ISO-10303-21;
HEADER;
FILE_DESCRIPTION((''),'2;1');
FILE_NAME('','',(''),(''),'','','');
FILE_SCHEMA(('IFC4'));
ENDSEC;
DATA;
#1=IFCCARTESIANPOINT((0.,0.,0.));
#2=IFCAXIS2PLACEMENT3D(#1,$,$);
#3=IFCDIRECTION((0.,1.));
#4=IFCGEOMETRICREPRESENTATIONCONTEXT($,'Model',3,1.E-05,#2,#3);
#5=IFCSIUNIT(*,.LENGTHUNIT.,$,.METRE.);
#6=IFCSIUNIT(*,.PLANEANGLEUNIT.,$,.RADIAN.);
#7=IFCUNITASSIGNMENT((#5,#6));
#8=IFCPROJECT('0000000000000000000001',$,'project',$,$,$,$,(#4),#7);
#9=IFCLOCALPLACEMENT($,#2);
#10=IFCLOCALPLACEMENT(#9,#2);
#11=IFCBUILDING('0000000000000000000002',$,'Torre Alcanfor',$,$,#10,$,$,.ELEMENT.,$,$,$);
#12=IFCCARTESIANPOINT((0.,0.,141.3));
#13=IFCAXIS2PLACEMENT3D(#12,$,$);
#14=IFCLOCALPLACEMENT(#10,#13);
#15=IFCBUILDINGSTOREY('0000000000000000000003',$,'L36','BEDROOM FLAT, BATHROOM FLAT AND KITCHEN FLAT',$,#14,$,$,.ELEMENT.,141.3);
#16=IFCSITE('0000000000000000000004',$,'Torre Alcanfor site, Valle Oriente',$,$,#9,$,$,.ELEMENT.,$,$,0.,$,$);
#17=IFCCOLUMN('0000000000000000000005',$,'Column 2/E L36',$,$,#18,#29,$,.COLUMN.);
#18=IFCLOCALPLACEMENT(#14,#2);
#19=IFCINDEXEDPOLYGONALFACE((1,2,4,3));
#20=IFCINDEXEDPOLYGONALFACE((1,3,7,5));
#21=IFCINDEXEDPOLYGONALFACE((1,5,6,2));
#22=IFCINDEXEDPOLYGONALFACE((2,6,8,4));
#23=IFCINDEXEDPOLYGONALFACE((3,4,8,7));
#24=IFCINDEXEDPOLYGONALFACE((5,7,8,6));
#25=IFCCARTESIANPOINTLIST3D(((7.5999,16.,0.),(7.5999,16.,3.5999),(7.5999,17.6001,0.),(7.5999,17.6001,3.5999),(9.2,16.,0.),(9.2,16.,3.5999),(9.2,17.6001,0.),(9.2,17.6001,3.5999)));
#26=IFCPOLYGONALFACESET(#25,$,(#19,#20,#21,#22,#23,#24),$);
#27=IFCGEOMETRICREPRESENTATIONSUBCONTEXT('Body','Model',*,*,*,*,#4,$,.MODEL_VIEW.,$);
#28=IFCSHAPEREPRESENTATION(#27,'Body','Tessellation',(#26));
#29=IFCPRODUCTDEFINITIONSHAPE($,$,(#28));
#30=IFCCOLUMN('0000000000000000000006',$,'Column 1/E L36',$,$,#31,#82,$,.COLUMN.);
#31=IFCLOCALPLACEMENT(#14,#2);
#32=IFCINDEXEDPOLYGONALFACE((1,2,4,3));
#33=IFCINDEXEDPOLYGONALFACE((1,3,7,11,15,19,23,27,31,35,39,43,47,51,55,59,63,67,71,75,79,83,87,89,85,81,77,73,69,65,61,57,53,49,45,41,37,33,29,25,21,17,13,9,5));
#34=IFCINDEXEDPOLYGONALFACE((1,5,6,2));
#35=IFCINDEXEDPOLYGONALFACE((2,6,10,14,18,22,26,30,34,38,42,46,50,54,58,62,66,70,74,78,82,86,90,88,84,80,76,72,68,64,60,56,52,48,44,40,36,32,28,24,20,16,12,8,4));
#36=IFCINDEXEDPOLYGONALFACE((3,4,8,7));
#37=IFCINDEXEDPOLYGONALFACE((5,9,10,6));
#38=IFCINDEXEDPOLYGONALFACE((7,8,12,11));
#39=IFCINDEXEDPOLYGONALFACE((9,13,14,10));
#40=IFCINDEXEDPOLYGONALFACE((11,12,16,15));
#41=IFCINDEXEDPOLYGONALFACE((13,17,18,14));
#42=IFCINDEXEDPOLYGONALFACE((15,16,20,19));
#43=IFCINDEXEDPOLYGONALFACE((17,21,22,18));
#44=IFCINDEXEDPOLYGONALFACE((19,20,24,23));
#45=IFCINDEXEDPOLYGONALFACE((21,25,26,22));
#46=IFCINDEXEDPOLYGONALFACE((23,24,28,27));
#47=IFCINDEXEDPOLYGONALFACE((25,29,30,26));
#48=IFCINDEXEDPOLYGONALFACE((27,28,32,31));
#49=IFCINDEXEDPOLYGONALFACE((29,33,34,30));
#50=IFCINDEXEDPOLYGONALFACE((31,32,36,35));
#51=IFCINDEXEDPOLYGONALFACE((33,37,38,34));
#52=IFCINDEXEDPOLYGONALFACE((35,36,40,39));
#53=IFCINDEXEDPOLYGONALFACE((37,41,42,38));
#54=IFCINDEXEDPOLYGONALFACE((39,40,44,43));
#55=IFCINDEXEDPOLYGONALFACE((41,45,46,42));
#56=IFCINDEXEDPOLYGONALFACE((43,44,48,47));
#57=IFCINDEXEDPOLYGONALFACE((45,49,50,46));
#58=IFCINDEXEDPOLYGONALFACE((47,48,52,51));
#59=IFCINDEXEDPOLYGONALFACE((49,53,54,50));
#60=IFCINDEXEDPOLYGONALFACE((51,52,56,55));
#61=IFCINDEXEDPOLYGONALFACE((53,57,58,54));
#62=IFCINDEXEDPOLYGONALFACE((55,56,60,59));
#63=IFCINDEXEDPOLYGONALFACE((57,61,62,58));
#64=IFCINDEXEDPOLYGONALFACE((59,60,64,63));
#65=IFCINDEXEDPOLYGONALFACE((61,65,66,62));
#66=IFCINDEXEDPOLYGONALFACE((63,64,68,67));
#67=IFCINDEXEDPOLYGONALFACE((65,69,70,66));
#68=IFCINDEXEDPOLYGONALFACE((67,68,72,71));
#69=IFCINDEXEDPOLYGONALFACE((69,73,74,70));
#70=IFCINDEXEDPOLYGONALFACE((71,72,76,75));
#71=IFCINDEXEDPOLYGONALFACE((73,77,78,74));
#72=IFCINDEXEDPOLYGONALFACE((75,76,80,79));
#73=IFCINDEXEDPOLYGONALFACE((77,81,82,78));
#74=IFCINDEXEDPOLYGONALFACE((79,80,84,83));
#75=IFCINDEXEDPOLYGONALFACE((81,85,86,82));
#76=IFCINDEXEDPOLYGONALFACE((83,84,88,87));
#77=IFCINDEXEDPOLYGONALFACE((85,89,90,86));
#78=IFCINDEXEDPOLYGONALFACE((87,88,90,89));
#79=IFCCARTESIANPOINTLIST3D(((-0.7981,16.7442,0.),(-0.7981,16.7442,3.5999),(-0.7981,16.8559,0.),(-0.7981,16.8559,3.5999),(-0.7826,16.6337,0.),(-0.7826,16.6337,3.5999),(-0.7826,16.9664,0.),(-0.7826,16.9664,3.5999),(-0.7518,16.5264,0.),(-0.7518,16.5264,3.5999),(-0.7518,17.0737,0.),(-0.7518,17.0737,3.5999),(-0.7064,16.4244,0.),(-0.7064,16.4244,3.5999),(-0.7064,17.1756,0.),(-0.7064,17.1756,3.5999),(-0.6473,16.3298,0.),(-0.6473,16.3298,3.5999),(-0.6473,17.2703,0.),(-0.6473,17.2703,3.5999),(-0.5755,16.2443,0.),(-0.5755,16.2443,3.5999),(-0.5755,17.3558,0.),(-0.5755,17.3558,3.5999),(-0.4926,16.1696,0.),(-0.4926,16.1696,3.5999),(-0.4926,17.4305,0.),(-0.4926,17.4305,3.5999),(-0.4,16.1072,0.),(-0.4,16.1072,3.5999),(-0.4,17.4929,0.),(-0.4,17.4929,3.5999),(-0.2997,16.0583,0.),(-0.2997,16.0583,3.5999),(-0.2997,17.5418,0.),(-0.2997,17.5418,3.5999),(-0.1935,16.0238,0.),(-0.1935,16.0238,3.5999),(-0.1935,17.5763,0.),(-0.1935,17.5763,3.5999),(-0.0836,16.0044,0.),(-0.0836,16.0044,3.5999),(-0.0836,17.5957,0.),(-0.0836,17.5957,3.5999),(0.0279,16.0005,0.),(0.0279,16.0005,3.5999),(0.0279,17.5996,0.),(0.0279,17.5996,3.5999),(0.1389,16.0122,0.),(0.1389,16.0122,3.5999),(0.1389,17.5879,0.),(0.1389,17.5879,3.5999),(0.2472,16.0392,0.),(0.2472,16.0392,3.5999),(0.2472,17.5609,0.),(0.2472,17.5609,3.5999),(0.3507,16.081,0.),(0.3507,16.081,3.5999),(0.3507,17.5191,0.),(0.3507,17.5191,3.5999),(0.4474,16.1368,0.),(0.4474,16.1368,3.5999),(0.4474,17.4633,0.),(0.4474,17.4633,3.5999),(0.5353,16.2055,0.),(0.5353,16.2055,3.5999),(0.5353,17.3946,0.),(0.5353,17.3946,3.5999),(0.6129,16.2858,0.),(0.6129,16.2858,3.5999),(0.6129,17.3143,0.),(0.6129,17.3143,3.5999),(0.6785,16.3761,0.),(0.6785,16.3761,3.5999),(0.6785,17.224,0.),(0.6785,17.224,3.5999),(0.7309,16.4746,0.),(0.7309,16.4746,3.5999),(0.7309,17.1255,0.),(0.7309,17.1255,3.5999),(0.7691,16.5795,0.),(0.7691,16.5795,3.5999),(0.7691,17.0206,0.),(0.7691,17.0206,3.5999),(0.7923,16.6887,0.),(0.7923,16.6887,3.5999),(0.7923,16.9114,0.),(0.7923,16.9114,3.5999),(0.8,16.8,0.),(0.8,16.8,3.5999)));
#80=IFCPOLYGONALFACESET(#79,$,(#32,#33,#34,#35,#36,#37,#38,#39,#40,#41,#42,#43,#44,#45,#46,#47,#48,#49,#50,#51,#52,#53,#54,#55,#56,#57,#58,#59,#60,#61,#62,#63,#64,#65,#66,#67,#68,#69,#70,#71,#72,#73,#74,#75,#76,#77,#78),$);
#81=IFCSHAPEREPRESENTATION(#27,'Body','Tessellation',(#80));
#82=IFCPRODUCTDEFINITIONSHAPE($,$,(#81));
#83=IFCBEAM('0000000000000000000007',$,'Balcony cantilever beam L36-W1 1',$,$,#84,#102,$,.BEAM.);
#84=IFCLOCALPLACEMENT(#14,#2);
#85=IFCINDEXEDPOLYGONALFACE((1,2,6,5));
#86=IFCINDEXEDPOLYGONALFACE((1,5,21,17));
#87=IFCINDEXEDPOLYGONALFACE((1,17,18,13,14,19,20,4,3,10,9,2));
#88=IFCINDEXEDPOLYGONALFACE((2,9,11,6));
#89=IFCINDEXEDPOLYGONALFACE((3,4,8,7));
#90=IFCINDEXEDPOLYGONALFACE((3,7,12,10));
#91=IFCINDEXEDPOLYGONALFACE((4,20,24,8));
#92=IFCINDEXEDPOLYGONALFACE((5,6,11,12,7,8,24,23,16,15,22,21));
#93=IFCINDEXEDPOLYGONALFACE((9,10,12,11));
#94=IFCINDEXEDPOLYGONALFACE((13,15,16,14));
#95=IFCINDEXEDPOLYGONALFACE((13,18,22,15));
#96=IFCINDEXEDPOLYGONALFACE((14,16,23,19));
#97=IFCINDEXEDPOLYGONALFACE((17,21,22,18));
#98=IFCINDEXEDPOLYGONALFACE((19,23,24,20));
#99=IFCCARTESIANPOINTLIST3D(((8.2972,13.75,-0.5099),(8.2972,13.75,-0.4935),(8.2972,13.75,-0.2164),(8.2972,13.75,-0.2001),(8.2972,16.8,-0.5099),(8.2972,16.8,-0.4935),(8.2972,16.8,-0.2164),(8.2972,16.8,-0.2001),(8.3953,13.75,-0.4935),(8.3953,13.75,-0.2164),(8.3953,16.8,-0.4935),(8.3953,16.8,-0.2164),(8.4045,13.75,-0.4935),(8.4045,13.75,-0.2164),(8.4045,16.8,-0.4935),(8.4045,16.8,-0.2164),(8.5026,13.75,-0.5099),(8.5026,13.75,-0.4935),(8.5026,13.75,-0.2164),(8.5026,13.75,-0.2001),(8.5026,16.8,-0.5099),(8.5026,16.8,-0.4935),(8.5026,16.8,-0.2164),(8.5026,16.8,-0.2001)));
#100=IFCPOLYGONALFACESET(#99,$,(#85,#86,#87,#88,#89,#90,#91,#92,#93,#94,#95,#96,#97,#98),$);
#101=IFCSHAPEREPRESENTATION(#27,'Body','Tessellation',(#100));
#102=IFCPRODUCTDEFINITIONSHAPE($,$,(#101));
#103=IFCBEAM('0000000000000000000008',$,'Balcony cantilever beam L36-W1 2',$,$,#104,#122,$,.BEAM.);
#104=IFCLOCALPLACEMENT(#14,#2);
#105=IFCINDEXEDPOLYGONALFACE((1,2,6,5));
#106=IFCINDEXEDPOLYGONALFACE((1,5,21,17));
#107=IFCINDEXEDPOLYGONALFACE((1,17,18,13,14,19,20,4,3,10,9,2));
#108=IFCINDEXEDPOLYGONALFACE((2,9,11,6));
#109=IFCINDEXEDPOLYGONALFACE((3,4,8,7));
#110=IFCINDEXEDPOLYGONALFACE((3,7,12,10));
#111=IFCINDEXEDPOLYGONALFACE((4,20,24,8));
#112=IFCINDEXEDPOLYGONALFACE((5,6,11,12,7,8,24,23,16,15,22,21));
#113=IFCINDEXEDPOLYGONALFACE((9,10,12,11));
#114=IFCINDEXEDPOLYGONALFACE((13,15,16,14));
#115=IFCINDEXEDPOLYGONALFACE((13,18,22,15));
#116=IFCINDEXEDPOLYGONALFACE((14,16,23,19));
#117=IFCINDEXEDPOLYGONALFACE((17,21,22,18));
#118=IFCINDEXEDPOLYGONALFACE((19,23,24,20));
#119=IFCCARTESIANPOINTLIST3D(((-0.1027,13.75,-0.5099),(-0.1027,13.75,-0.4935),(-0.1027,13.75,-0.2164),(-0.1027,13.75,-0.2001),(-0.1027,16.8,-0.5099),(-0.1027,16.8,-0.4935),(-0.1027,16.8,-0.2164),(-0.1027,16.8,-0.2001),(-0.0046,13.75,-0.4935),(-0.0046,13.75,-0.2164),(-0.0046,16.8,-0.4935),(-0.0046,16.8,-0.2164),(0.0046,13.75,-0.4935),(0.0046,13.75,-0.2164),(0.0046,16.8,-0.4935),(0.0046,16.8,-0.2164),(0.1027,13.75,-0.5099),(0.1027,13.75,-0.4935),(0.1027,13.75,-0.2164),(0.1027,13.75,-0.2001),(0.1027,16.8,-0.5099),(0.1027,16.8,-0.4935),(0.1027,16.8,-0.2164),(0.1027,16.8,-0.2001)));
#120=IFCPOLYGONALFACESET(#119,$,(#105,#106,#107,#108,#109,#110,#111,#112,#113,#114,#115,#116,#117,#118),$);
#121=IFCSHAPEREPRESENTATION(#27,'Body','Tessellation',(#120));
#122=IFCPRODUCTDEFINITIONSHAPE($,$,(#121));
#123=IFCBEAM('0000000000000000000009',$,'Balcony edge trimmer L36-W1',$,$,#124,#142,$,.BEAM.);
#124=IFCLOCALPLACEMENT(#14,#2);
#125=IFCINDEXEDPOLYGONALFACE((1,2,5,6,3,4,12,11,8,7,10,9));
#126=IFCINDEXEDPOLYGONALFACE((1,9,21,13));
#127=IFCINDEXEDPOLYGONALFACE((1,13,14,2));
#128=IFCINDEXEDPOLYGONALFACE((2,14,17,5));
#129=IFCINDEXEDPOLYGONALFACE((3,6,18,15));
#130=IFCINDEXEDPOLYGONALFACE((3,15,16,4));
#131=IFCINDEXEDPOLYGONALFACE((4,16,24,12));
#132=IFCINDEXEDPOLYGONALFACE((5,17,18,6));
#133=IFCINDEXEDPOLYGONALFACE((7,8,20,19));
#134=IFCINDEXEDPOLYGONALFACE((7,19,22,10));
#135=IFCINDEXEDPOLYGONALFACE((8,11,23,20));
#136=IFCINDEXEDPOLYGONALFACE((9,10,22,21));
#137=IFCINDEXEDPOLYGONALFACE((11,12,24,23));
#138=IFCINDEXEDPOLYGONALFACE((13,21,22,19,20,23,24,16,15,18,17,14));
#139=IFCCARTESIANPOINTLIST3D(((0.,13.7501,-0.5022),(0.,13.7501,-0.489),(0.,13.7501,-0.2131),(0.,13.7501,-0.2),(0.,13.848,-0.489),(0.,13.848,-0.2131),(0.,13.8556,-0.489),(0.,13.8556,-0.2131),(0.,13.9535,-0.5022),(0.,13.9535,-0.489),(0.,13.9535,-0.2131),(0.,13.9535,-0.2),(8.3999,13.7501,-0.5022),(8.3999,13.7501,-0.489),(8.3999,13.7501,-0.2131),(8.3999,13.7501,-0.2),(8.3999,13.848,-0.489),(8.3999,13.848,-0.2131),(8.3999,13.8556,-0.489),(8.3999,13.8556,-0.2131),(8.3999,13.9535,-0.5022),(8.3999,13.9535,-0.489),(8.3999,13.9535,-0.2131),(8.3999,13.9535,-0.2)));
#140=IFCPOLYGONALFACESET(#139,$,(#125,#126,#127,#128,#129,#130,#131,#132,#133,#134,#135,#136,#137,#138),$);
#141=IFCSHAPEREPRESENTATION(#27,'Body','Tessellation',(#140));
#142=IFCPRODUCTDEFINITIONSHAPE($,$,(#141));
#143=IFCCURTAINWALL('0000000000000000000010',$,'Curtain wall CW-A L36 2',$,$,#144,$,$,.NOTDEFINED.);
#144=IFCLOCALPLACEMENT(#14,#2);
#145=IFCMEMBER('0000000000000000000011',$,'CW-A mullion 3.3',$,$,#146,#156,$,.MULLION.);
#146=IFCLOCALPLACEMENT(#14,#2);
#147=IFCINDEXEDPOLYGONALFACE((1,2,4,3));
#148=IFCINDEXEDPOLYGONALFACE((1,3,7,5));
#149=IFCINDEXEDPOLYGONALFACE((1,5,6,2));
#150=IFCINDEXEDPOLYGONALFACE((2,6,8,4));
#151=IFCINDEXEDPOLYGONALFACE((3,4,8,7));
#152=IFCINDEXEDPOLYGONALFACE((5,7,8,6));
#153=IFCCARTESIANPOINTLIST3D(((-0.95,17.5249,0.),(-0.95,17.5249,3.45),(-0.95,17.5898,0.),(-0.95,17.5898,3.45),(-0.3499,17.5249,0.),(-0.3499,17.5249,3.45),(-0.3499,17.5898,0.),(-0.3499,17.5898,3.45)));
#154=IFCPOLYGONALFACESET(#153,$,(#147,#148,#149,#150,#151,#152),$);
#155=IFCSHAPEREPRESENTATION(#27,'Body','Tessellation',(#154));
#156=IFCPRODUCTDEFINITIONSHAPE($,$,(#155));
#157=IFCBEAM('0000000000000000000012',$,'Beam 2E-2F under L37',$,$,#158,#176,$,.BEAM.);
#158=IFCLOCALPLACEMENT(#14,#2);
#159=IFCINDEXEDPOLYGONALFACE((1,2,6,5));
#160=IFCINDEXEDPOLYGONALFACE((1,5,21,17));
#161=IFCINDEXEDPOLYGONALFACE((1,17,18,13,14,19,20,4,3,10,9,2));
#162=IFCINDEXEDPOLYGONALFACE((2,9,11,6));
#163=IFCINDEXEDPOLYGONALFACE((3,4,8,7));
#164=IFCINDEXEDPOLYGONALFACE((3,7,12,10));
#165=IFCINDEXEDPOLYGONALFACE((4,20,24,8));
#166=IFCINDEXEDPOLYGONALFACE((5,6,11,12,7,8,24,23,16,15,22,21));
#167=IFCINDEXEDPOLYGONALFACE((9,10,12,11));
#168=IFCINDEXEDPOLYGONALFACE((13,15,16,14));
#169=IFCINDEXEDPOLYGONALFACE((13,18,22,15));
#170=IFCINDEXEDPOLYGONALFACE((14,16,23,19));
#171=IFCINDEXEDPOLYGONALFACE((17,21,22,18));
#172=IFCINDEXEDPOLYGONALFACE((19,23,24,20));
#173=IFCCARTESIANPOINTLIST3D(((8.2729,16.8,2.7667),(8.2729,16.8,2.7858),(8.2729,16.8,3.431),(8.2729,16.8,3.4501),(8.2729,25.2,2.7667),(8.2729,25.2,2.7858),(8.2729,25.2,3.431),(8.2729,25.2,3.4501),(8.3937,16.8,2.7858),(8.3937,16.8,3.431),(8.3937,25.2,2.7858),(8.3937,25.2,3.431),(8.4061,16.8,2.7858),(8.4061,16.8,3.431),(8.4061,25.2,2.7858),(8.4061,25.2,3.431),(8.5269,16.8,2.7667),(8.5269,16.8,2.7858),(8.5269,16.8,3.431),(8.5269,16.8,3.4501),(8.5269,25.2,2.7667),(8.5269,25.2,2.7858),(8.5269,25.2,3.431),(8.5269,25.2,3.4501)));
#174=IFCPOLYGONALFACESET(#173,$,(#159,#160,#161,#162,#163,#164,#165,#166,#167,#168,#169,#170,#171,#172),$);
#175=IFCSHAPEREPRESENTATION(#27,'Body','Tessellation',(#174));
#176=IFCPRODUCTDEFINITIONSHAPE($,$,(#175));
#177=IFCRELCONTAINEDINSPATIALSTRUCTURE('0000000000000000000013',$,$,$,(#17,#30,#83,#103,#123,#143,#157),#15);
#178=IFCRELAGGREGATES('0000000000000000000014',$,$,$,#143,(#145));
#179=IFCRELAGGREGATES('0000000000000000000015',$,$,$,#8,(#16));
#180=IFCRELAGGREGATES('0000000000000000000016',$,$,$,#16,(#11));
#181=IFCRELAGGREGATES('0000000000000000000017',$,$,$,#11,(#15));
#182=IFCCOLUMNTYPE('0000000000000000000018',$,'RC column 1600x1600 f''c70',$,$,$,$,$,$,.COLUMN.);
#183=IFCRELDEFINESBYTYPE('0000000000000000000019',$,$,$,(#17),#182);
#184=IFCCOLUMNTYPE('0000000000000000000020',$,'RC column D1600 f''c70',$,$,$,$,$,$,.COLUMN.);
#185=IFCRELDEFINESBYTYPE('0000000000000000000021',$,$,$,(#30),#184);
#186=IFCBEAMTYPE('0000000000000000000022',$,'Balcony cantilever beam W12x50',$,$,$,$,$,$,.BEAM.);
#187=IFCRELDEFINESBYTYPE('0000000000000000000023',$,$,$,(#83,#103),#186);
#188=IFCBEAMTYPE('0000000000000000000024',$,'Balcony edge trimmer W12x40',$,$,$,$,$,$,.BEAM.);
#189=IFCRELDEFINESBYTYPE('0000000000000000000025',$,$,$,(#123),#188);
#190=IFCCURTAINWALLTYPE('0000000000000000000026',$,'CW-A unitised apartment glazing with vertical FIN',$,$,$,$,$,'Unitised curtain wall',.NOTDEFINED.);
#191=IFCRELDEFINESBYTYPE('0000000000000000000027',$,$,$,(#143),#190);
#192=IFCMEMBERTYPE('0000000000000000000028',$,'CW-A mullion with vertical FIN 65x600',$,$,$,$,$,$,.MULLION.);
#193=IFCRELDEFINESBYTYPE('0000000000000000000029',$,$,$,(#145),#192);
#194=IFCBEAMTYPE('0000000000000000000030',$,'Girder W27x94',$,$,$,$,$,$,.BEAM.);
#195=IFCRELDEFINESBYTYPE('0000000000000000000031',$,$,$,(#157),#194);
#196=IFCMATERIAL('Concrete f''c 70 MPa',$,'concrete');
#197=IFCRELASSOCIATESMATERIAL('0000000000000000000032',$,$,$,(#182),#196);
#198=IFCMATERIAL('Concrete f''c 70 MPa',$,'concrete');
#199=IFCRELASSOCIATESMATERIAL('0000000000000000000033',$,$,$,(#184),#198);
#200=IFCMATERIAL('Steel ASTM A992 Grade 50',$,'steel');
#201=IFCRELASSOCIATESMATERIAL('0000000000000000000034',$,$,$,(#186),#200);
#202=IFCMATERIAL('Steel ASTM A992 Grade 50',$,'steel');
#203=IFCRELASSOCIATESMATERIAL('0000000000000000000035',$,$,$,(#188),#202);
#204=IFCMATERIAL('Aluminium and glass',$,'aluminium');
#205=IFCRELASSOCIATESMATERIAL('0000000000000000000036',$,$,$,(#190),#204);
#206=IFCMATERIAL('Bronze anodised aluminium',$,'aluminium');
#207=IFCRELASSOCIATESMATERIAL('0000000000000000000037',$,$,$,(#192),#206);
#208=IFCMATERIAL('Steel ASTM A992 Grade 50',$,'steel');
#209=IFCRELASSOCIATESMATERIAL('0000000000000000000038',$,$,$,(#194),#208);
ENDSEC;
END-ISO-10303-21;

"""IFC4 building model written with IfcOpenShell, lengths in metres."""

from ifc_helpers import new_model, si_unit, direction, frame, origin, origin_2d, place, context, subcontext, project, spatial, rectangle, circle, i_section, extrude, material, material_profile, profile_set, type_object, element, aggregate, save


model = new_model("IFC4")

# Units and contexts
model_context = context("Model", 3, precision=1e-05, world=origin(), true_north=direction((0.0, 1.0)))
body_context = subcontext(model_context, "Body", "Model", "MODEL_VIEW")
ifc_project = project(units=[si_unit("LENGTHUNIT", "METRE"), si_unit("PLANEANGLEUNIT", "RADIAN")], contexts=[model_context])

# Site, building, storey
site_placement = place(None, origin())
site = spatial("IfcSite", under=ifc_project, at=site_placement, Name="Torre Alcanfor site, Valle Oriente", CompositionType="ELEMENT", RefElevation=0.0)
building_placement = place(site_placement, origin())
building = spatial("IfcBuilding", under=site, at=building_placement, Name="Torre Alcanfor", CompositionType="ELEMENT")
storey_placement = place(building_placement, frame((0.0, 0.0, 141.3)))
storey = spatial("IfcBuildingStorey", under=building, at=storey_placement, Name="L36", Description="BEDROOM FLAT, BATHROOM FLAT AND KITCHEN FLAT", CompositionType="ELEMENT", Elevation=141.3)

# Columns
ifc_material_1 = material(Name="Concrete f'c 70 MPa", Category="concrete")
ifc_material_profile_1 = material_profile(ifc_material_1, rectangle(XDim=1.6001, YDim=1.6001, at=origin_2d()), Name="1600x1600")
ifc_profile_set_1 = profile_set([ifc_material_profile_1], Name="Concrete f'c 70 MPa")
column_type_1 = type_object("IfcColumnType", Name="RC column 1600x1600 f'c70", PredefinedType="COLUMN", material=ifc_profile_set_1)
column_1_placement = place(storey_placement, frame((8.3999, 16.8, 0.0), z_axis=(0.0, 0.0, 1.0), x_axis=(1.0, 0.0, 0.0)))
element("IfcColumn", 1, at=column_1_placement, inside=storey, type_object=column_type_1, Name="Column 2/E L36", PredefinedType="COLUMN", context=body_context, shape_type="SweptSolid", body=[
    extrude(rectangle(XDim=1.6001, YDim=1.6001, at=origin_2d()), origin(), (0.0, 0.0, 1.0), 3.5999),
])
ifc_material_2 = material(Name="Concrete f'c 70 MPa", Category="concrete")
ifc_material_profile_2 = material_profile(ifc_material_2, circle(Radius=0.8, at=origin_2d()), Name="D1600")
ifc_profile_set_2 = profile_set([ifc_material_profile_2], Name="Concrete f'c 70 MPa")
column_type_2 = type_object("IfcColumnType", Name="RC column D1600 f'c70", PredefinedType="COLUMN", material=ifc_profile_set_2)
column_2_placement = place(storey_placement, frame((0.0, 16.8, 0.0), z_axis=(0.0, 0.0, 1.0), x_axis=(1.0, 0.0, 0.0)))
element("IfcColumn", 2, at=column_2_placement, inside=storey, type_object=column_type_2, Name="Column 1/E L36", PredefinedType="COLUMN", context=body_context, shape_type="SweptSolid", body=[
    extrude(circle(Radius=0.8, at=origin_2d()), origin(), (0.0, 0.0, 1.0), 3.5999),
])

# Beams
ifc_material_3 = material(Name="Steel ASTM A992 Grade 50", Category="steel")
ifc_material_profile_3 = material_profile(ifc_material_3, i_section(OverallWidth=0.2053, OverallDepth=0.3098, WebThickness=0.0093, FlangeThickness=0.0164, at=origin_2d()), Name="W12x50")
ifc_profile_set_3 = profile_set([ifc_material_profile_3], Name="Steel ASTM A992 Grade 50")
beam_type_1 = type_object("IfcBeamType", Name="Balcony cantilever beam W12x50", PredefinedType="BEAM", material=ifc_profile_set_3)
for number, where, z_axis, x_axis, name in (
    (3, (8.3999, 16.8, -0.355), (0.0, -1.0, 0.0), (1.0, 0.0, 0.0), "Balcony cantilever beam L36-W1 1"),
    (4, (0.0, 16.8, -0.355), (0.0, -1.0, 0.0), (1.0, 0.0, 0.0), "Balcony cantilever beam L36-W1 2"),
):
    element("IfcBeam", number, at=place(storey_placement, frame(where, z_axis=z_axis, x_axis=x_axis)), inside=storey, type_object=beam_type_1, Name=name, PredefinedType="BEAM", context=body_context, shape_type="SweptSolid", body=[
        extrude(i_section(OverallWidth=0.2053, OverallDepth=0.3098, WebThickness=0.0093, FlangeThickness=0.0164, at=origin_2d()), origin(), (0.0, 0.0, 1.0), 3.05),
    ])
ifc_material_4 = material(Name="Steel ASTM A992 Grade 50", Category="steel")
ifc_material_profile_4 = material_profile(ifc_material_4, i_section(OverallWidth=0.2034, OverallDepth=0.3022, WebThickness=0.0076, FlangeThickness=0.0132, at=origin_2d()), Name="W12x40")
ifc_profile_set_4 = profile_set([ifc_material_profile_4], Name="Steel ASTM A992 Grade 50")
beam_type_2 = type_object("IfcBeamType", Name="Balcony edge trimmer W12x40", PredefinedType="BEAM", material=ifc_profile_set_4)
beam_1_placement = place(storey_placement, frame((8.3999, 13.8518, -0.3511), z_axis=(-1.0, 0.0, 0.0), x_axis=(0.0, -1.0, 0.0)))
element("IfcBeam", 5, at=beam_1_placement, inside=storey, type_object=beam_type_2, Name="Balcony edge trimmer L36-W1", PredefinedType="BEAM", context=body_context, shape_type="SweptSolid", body=[
    extrude(i_section(OverallWidth=0.2034, OverallDepth=0.3022, WebThickness=0.0076, FlangeThickness=0.0132, at=origin_2d()), origin(), (0.0, 0.0, 1.0), 8.3999),
])

# Curtain wall, member
ifc_material_5 = material(Name="Aluminium and glass", Category="aluminium")
curtain_wall_type = type_object("IfcCurtainWallType", Name="CW-A unitised apartment glazing with vertical FIN", ElementType="Unitised curtain wall", PredefinedType="NOTDEFINED", material=ifc_material_5)
curtain_wall_placement = place(storey_placement, origin())
curtain_wall = element("IfcCurtainWall", 6, at=curtain_wall_placement, inside=storey, type_object=curtain_wall_type, Name="Curtain wall CW-A L36 2", PredefinedType="NOTDEFINED")
ifc_material_6 = material(Name="Bronze anodised aluminium", Category="aluminium")
ifc_material_profile_5 = material_profile(ifc_material_6, rectangle(XDim=0.6001, YDim=0.0649, at=origin_2d()), Name="CW-A mullion 65x600")
ifc_profile_set_5 = profile_set([ifc_material_profile_5], Name="Bronze anodised aluminium")
member_type = type_object("IfcMemberType", Name="CW-A mullion with vertical FIN 65x600", PredefinedType="MULLION", material=ifc_profile_set_5)
member_placement = place(storey_placement, frame((-0.6499, 17.5574, 0.0), z_axis=(0.0, 0.0, 1.0), x_axis=(1.0, 0.0, 0.0)))
member = element("IfcMember", 7, at=member_placement, type_object=member_type, Name="CW-A mullion 3.3", PredefinedType="MULLION", context=body_context, shape_type="SweptSolid", body=[
    extrude(rectangle(XDim=0.6001, YDim=0.0649, at=origin_2d()), origin(), (0.0, 0.0, 1.0), 3.45),
])

# Beam
ifc_material_7 = material(Name="Steel ASTM A992 Grade 50", Category="steel")
ifc_material_profile_6 = material_profile(ifc_material_7, i_section(OverallWidth=0.2539, OverallDepth=0.6833, WebThickness=0.0125, FlangeThickness=0.019, at=origin_2d()), Name="W27x94")
ifc_profile_set_6 = profile_set([ifc_material_profile_6], Name="Steel ASTM A992 Grade 50")
beam_type_3 = type_object("IfcBeamType", Name="Girder W27x94", PredefinedType="BEAM", material=ifc_profile_set_6)
beam_2_placement = place(storey_placement, frame((8.3999, 16.8, 3.1084), z_axis=(0.0, 1.0, 0.0), x_axis=(-1.0, 0.0, 0.0)))
element("IfcBeam", 8, at=beam_2_placement, inside=storey, type_object=beam_type_3, Name="Beam 2E-2F under L37", PredefinedType="BEAM", context=body_context, shape_type="SweptSolid", body=[
    extrude(i_section(OverallWidth=0.2539, OverallDepth=0.6833, WebThickness=0.0125, FlangeThickness=0.019, at=origin_2d()), origin(), (0.0, 0.0, 1.0), 8.3999),
])

aggregate(curtain_wall, [member])

save(model, "model.ifc")
